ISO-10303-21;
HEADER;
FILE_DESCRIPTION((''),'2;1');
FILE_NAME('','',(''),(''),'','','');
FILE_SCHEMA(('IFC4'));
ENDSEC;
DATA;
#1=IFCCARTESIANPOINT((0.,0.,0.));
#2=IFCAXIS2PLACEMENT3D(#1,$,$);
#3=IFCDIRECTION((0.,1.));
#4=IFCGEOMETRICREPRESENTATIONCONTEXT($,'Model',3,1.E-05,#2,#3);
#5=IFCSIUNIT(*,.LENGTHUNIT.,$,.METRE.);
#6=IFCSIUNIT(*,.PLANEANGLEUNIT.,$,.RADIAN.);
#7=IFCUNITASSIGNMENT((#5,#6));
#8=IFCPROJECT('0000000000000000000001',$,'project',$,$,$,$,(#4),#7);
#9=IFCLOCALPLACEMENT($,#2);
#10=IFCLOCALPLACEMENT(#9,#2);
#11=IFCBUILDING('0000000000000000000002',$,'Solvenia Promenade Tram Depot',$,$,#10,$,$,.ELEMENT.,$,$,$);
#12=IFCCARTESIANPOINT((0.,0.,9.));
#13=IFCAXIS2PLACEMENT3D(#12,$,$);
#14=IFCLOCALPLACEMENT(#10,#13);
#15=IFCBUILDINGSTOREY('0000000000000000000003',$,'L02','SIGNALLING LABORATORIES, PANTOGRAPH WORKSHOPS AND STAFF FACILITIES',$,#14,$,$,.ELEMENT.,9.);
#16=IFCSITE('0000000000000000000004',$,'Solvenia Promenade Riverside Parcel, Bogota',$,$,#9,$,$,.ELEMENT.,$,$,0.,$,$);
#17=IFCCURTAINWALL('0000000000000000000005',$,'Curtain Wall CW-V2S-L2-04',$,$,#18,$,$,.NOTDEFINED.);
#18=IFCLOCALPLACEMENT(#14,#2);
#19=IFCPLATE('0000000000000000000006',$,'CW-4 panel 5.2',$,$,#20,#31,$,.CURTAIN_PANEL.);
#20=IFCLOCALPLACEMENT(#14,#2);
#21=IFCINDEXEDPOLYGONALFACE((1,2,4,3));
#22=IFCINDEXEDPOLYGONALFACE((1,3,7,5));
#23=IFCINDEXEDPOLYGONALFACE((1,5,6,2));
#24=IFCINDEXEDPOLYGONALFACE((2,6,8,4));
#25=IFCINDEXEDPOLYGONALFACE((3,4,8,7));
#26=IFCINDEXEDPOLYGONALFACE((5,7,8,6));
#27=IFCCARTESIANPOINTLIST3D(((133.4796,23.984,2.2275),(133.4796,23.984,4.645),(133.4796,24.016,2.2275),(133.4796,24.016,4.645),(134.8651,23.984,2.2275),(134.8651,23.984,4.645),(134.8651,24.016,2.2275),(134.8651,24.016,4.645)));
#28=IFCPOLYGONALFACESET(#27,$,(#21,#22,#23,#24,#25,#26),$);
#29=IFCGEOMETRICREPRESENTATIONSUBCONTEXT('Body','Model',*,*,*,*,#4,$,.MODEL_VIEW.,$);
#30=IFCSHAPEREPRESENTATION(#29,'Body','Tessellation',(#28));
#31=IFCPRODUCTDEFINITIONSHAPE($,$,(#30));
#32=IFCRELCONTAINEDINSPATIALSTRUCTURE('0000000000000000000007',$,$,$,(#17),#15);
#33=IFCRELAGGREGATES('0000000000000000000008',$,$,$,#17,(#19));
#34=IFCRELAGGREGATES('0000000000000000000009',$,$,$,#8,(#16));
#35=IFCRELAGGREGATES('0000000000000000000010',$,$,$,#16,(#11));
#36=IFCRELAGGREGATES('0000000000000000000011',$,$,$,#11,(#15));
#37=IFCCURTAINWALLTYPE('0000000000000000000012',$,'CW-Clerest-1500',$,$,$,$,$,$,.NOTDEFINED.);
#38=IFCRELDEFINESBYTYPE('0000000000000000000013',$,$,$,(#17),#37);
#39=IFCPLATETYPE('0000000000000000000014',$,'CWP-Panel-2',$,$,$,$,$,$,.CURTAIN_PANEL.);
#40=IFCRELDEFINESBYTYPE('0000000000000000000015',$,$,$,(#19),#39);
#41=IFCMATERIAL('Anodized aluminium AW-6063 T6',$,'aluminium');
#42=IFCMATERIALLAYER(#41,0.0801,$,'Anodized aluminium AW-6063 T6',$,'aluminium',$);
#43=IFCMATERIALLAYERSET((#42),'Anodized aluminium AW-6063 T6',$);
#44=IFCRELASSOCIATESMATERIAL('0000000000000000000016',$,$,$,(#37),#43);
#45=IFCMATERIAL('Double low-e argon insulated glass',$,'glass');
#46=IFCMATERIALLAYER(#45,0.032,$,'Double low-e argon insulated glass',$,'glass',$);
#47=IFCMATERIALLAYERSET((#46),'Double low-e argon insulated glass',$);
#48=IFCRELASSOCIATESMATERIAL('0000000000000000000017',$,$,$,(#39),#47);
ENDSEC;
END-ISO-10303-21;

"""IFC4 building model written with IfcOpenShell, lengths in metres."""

from ifc_helpers import new_model, si_unit, direction, frame, origin, origin_2d, place, context, subcontext, project, spatial, rectangle, extrude, material, layer, layer_set, type_object, element, aggregate, save


model = new_model("IFC4")

# Units and contexts
model_context = context("Model", 3, precision=1e-05, world=origin(), true_north=direction((0.0, 1.0)))
body_context = subcontext(model_context, "Body", "Model", "MODEL_VIEW")
ifc_project = project(units=[si_unit("LENGTHUNIT", "METRE"), si_unit("PLANEANGLEUNIT", "RADIAN")], contexts=[model_context])

# Site, building, storey
site_placement = place(None, origin())
site = spatial("IfcSite", under=ifc_project, at=site_placement, Name="Solvenia Promenade Riverside Parcel, Bogota", CompositionType="ELEMENT", RefElevation=0.0)
building_placement = place(site_placement, origin())
building = spatial("IfcBuilding", under=site, at=building_placement, Name="Solvenia Promenade Tram Depot", CompositionType="ELEMENT")
storey_placement = place(building_placement, frame((0.0, 0.0, 9.0)))
storey = spatial("IfcBuildingStorey", under=building, at=storey_placement, Name="L02", Description="SIGNALLING LABORATORIES, PANTOGRAPH WORKSHOPS AND STAFF FACILITIES", CompositionType="ELEMENT", Elevation=9.0)

# Curtain wall
ifc_material_1 = material(Name="Anodized aluminium AW-6063 T6", Category="aluminium")
ifc_layer_1 = layer(ifc_material_1, 0.0801, Name="Anodized aluminium AW-6063 T6", Category="aluminium")
ifc_layer_set_1 = layer_set([ifc_layer_1], Name="Anodized aluminium AW-6063 T6")
curtain_wall_type = type_object("IfcCurtainWallType", Name="CW-Clerest-1500", PredefinedType="NOTDEFINED", material=ifc_layer_set_1)
curtain_wall_1_placement = place(storey_placement, origin())
curtain_wall_1 = element("IfcCurtainWall", 1, at=curtain_wall_1_placement, inside=storey, type_object=curtain_wall_type, Name="Curtain Wall CW-V2S-L2-04", PredefinedType="NOTDEFINED")

# Plate
ifc_material_2 = material(Name="Double low-e argon insulated glass", Category="glass")
ifc_layer_2 = layer(ifc_material_2, 0.032, Name="Double low-e argon insulated glass", Category="glass")
ifc_layer_set_2 = layer_set([ifc_layer_2], Name="Double low-e argon insulated glass")
plate_type = type_object("IfcPlateType", Name="CWP-Panel-2", PredefinedType="CURTAIN_PANEL", material=ifc_layer_set_2)
plate_1_placement = place(storey_placement, frame((134.1724, 24.0, 2.2275), z_axis=(0.0, 0.0, 1.0), x_axis=(1.0, 0.0, 0.0)))
plate_1 = element("IfcPlate", 2, at=plate_1_placement, type_object=plate_type, Name="CW-4 panel 5.2", PredefinedType="CURTAIN_PANEL", context=body_context, shape_type="SweptSolid", body=[
    extrude(rectangle(XDim=1.3855, YDim=0.032, at=origin_2d()), origin(), (0.0, 0.0, 1.0), 2.4175),
])
aggregate(curtain_wall_1, [plate_1])

save(model, "model.ifc")
